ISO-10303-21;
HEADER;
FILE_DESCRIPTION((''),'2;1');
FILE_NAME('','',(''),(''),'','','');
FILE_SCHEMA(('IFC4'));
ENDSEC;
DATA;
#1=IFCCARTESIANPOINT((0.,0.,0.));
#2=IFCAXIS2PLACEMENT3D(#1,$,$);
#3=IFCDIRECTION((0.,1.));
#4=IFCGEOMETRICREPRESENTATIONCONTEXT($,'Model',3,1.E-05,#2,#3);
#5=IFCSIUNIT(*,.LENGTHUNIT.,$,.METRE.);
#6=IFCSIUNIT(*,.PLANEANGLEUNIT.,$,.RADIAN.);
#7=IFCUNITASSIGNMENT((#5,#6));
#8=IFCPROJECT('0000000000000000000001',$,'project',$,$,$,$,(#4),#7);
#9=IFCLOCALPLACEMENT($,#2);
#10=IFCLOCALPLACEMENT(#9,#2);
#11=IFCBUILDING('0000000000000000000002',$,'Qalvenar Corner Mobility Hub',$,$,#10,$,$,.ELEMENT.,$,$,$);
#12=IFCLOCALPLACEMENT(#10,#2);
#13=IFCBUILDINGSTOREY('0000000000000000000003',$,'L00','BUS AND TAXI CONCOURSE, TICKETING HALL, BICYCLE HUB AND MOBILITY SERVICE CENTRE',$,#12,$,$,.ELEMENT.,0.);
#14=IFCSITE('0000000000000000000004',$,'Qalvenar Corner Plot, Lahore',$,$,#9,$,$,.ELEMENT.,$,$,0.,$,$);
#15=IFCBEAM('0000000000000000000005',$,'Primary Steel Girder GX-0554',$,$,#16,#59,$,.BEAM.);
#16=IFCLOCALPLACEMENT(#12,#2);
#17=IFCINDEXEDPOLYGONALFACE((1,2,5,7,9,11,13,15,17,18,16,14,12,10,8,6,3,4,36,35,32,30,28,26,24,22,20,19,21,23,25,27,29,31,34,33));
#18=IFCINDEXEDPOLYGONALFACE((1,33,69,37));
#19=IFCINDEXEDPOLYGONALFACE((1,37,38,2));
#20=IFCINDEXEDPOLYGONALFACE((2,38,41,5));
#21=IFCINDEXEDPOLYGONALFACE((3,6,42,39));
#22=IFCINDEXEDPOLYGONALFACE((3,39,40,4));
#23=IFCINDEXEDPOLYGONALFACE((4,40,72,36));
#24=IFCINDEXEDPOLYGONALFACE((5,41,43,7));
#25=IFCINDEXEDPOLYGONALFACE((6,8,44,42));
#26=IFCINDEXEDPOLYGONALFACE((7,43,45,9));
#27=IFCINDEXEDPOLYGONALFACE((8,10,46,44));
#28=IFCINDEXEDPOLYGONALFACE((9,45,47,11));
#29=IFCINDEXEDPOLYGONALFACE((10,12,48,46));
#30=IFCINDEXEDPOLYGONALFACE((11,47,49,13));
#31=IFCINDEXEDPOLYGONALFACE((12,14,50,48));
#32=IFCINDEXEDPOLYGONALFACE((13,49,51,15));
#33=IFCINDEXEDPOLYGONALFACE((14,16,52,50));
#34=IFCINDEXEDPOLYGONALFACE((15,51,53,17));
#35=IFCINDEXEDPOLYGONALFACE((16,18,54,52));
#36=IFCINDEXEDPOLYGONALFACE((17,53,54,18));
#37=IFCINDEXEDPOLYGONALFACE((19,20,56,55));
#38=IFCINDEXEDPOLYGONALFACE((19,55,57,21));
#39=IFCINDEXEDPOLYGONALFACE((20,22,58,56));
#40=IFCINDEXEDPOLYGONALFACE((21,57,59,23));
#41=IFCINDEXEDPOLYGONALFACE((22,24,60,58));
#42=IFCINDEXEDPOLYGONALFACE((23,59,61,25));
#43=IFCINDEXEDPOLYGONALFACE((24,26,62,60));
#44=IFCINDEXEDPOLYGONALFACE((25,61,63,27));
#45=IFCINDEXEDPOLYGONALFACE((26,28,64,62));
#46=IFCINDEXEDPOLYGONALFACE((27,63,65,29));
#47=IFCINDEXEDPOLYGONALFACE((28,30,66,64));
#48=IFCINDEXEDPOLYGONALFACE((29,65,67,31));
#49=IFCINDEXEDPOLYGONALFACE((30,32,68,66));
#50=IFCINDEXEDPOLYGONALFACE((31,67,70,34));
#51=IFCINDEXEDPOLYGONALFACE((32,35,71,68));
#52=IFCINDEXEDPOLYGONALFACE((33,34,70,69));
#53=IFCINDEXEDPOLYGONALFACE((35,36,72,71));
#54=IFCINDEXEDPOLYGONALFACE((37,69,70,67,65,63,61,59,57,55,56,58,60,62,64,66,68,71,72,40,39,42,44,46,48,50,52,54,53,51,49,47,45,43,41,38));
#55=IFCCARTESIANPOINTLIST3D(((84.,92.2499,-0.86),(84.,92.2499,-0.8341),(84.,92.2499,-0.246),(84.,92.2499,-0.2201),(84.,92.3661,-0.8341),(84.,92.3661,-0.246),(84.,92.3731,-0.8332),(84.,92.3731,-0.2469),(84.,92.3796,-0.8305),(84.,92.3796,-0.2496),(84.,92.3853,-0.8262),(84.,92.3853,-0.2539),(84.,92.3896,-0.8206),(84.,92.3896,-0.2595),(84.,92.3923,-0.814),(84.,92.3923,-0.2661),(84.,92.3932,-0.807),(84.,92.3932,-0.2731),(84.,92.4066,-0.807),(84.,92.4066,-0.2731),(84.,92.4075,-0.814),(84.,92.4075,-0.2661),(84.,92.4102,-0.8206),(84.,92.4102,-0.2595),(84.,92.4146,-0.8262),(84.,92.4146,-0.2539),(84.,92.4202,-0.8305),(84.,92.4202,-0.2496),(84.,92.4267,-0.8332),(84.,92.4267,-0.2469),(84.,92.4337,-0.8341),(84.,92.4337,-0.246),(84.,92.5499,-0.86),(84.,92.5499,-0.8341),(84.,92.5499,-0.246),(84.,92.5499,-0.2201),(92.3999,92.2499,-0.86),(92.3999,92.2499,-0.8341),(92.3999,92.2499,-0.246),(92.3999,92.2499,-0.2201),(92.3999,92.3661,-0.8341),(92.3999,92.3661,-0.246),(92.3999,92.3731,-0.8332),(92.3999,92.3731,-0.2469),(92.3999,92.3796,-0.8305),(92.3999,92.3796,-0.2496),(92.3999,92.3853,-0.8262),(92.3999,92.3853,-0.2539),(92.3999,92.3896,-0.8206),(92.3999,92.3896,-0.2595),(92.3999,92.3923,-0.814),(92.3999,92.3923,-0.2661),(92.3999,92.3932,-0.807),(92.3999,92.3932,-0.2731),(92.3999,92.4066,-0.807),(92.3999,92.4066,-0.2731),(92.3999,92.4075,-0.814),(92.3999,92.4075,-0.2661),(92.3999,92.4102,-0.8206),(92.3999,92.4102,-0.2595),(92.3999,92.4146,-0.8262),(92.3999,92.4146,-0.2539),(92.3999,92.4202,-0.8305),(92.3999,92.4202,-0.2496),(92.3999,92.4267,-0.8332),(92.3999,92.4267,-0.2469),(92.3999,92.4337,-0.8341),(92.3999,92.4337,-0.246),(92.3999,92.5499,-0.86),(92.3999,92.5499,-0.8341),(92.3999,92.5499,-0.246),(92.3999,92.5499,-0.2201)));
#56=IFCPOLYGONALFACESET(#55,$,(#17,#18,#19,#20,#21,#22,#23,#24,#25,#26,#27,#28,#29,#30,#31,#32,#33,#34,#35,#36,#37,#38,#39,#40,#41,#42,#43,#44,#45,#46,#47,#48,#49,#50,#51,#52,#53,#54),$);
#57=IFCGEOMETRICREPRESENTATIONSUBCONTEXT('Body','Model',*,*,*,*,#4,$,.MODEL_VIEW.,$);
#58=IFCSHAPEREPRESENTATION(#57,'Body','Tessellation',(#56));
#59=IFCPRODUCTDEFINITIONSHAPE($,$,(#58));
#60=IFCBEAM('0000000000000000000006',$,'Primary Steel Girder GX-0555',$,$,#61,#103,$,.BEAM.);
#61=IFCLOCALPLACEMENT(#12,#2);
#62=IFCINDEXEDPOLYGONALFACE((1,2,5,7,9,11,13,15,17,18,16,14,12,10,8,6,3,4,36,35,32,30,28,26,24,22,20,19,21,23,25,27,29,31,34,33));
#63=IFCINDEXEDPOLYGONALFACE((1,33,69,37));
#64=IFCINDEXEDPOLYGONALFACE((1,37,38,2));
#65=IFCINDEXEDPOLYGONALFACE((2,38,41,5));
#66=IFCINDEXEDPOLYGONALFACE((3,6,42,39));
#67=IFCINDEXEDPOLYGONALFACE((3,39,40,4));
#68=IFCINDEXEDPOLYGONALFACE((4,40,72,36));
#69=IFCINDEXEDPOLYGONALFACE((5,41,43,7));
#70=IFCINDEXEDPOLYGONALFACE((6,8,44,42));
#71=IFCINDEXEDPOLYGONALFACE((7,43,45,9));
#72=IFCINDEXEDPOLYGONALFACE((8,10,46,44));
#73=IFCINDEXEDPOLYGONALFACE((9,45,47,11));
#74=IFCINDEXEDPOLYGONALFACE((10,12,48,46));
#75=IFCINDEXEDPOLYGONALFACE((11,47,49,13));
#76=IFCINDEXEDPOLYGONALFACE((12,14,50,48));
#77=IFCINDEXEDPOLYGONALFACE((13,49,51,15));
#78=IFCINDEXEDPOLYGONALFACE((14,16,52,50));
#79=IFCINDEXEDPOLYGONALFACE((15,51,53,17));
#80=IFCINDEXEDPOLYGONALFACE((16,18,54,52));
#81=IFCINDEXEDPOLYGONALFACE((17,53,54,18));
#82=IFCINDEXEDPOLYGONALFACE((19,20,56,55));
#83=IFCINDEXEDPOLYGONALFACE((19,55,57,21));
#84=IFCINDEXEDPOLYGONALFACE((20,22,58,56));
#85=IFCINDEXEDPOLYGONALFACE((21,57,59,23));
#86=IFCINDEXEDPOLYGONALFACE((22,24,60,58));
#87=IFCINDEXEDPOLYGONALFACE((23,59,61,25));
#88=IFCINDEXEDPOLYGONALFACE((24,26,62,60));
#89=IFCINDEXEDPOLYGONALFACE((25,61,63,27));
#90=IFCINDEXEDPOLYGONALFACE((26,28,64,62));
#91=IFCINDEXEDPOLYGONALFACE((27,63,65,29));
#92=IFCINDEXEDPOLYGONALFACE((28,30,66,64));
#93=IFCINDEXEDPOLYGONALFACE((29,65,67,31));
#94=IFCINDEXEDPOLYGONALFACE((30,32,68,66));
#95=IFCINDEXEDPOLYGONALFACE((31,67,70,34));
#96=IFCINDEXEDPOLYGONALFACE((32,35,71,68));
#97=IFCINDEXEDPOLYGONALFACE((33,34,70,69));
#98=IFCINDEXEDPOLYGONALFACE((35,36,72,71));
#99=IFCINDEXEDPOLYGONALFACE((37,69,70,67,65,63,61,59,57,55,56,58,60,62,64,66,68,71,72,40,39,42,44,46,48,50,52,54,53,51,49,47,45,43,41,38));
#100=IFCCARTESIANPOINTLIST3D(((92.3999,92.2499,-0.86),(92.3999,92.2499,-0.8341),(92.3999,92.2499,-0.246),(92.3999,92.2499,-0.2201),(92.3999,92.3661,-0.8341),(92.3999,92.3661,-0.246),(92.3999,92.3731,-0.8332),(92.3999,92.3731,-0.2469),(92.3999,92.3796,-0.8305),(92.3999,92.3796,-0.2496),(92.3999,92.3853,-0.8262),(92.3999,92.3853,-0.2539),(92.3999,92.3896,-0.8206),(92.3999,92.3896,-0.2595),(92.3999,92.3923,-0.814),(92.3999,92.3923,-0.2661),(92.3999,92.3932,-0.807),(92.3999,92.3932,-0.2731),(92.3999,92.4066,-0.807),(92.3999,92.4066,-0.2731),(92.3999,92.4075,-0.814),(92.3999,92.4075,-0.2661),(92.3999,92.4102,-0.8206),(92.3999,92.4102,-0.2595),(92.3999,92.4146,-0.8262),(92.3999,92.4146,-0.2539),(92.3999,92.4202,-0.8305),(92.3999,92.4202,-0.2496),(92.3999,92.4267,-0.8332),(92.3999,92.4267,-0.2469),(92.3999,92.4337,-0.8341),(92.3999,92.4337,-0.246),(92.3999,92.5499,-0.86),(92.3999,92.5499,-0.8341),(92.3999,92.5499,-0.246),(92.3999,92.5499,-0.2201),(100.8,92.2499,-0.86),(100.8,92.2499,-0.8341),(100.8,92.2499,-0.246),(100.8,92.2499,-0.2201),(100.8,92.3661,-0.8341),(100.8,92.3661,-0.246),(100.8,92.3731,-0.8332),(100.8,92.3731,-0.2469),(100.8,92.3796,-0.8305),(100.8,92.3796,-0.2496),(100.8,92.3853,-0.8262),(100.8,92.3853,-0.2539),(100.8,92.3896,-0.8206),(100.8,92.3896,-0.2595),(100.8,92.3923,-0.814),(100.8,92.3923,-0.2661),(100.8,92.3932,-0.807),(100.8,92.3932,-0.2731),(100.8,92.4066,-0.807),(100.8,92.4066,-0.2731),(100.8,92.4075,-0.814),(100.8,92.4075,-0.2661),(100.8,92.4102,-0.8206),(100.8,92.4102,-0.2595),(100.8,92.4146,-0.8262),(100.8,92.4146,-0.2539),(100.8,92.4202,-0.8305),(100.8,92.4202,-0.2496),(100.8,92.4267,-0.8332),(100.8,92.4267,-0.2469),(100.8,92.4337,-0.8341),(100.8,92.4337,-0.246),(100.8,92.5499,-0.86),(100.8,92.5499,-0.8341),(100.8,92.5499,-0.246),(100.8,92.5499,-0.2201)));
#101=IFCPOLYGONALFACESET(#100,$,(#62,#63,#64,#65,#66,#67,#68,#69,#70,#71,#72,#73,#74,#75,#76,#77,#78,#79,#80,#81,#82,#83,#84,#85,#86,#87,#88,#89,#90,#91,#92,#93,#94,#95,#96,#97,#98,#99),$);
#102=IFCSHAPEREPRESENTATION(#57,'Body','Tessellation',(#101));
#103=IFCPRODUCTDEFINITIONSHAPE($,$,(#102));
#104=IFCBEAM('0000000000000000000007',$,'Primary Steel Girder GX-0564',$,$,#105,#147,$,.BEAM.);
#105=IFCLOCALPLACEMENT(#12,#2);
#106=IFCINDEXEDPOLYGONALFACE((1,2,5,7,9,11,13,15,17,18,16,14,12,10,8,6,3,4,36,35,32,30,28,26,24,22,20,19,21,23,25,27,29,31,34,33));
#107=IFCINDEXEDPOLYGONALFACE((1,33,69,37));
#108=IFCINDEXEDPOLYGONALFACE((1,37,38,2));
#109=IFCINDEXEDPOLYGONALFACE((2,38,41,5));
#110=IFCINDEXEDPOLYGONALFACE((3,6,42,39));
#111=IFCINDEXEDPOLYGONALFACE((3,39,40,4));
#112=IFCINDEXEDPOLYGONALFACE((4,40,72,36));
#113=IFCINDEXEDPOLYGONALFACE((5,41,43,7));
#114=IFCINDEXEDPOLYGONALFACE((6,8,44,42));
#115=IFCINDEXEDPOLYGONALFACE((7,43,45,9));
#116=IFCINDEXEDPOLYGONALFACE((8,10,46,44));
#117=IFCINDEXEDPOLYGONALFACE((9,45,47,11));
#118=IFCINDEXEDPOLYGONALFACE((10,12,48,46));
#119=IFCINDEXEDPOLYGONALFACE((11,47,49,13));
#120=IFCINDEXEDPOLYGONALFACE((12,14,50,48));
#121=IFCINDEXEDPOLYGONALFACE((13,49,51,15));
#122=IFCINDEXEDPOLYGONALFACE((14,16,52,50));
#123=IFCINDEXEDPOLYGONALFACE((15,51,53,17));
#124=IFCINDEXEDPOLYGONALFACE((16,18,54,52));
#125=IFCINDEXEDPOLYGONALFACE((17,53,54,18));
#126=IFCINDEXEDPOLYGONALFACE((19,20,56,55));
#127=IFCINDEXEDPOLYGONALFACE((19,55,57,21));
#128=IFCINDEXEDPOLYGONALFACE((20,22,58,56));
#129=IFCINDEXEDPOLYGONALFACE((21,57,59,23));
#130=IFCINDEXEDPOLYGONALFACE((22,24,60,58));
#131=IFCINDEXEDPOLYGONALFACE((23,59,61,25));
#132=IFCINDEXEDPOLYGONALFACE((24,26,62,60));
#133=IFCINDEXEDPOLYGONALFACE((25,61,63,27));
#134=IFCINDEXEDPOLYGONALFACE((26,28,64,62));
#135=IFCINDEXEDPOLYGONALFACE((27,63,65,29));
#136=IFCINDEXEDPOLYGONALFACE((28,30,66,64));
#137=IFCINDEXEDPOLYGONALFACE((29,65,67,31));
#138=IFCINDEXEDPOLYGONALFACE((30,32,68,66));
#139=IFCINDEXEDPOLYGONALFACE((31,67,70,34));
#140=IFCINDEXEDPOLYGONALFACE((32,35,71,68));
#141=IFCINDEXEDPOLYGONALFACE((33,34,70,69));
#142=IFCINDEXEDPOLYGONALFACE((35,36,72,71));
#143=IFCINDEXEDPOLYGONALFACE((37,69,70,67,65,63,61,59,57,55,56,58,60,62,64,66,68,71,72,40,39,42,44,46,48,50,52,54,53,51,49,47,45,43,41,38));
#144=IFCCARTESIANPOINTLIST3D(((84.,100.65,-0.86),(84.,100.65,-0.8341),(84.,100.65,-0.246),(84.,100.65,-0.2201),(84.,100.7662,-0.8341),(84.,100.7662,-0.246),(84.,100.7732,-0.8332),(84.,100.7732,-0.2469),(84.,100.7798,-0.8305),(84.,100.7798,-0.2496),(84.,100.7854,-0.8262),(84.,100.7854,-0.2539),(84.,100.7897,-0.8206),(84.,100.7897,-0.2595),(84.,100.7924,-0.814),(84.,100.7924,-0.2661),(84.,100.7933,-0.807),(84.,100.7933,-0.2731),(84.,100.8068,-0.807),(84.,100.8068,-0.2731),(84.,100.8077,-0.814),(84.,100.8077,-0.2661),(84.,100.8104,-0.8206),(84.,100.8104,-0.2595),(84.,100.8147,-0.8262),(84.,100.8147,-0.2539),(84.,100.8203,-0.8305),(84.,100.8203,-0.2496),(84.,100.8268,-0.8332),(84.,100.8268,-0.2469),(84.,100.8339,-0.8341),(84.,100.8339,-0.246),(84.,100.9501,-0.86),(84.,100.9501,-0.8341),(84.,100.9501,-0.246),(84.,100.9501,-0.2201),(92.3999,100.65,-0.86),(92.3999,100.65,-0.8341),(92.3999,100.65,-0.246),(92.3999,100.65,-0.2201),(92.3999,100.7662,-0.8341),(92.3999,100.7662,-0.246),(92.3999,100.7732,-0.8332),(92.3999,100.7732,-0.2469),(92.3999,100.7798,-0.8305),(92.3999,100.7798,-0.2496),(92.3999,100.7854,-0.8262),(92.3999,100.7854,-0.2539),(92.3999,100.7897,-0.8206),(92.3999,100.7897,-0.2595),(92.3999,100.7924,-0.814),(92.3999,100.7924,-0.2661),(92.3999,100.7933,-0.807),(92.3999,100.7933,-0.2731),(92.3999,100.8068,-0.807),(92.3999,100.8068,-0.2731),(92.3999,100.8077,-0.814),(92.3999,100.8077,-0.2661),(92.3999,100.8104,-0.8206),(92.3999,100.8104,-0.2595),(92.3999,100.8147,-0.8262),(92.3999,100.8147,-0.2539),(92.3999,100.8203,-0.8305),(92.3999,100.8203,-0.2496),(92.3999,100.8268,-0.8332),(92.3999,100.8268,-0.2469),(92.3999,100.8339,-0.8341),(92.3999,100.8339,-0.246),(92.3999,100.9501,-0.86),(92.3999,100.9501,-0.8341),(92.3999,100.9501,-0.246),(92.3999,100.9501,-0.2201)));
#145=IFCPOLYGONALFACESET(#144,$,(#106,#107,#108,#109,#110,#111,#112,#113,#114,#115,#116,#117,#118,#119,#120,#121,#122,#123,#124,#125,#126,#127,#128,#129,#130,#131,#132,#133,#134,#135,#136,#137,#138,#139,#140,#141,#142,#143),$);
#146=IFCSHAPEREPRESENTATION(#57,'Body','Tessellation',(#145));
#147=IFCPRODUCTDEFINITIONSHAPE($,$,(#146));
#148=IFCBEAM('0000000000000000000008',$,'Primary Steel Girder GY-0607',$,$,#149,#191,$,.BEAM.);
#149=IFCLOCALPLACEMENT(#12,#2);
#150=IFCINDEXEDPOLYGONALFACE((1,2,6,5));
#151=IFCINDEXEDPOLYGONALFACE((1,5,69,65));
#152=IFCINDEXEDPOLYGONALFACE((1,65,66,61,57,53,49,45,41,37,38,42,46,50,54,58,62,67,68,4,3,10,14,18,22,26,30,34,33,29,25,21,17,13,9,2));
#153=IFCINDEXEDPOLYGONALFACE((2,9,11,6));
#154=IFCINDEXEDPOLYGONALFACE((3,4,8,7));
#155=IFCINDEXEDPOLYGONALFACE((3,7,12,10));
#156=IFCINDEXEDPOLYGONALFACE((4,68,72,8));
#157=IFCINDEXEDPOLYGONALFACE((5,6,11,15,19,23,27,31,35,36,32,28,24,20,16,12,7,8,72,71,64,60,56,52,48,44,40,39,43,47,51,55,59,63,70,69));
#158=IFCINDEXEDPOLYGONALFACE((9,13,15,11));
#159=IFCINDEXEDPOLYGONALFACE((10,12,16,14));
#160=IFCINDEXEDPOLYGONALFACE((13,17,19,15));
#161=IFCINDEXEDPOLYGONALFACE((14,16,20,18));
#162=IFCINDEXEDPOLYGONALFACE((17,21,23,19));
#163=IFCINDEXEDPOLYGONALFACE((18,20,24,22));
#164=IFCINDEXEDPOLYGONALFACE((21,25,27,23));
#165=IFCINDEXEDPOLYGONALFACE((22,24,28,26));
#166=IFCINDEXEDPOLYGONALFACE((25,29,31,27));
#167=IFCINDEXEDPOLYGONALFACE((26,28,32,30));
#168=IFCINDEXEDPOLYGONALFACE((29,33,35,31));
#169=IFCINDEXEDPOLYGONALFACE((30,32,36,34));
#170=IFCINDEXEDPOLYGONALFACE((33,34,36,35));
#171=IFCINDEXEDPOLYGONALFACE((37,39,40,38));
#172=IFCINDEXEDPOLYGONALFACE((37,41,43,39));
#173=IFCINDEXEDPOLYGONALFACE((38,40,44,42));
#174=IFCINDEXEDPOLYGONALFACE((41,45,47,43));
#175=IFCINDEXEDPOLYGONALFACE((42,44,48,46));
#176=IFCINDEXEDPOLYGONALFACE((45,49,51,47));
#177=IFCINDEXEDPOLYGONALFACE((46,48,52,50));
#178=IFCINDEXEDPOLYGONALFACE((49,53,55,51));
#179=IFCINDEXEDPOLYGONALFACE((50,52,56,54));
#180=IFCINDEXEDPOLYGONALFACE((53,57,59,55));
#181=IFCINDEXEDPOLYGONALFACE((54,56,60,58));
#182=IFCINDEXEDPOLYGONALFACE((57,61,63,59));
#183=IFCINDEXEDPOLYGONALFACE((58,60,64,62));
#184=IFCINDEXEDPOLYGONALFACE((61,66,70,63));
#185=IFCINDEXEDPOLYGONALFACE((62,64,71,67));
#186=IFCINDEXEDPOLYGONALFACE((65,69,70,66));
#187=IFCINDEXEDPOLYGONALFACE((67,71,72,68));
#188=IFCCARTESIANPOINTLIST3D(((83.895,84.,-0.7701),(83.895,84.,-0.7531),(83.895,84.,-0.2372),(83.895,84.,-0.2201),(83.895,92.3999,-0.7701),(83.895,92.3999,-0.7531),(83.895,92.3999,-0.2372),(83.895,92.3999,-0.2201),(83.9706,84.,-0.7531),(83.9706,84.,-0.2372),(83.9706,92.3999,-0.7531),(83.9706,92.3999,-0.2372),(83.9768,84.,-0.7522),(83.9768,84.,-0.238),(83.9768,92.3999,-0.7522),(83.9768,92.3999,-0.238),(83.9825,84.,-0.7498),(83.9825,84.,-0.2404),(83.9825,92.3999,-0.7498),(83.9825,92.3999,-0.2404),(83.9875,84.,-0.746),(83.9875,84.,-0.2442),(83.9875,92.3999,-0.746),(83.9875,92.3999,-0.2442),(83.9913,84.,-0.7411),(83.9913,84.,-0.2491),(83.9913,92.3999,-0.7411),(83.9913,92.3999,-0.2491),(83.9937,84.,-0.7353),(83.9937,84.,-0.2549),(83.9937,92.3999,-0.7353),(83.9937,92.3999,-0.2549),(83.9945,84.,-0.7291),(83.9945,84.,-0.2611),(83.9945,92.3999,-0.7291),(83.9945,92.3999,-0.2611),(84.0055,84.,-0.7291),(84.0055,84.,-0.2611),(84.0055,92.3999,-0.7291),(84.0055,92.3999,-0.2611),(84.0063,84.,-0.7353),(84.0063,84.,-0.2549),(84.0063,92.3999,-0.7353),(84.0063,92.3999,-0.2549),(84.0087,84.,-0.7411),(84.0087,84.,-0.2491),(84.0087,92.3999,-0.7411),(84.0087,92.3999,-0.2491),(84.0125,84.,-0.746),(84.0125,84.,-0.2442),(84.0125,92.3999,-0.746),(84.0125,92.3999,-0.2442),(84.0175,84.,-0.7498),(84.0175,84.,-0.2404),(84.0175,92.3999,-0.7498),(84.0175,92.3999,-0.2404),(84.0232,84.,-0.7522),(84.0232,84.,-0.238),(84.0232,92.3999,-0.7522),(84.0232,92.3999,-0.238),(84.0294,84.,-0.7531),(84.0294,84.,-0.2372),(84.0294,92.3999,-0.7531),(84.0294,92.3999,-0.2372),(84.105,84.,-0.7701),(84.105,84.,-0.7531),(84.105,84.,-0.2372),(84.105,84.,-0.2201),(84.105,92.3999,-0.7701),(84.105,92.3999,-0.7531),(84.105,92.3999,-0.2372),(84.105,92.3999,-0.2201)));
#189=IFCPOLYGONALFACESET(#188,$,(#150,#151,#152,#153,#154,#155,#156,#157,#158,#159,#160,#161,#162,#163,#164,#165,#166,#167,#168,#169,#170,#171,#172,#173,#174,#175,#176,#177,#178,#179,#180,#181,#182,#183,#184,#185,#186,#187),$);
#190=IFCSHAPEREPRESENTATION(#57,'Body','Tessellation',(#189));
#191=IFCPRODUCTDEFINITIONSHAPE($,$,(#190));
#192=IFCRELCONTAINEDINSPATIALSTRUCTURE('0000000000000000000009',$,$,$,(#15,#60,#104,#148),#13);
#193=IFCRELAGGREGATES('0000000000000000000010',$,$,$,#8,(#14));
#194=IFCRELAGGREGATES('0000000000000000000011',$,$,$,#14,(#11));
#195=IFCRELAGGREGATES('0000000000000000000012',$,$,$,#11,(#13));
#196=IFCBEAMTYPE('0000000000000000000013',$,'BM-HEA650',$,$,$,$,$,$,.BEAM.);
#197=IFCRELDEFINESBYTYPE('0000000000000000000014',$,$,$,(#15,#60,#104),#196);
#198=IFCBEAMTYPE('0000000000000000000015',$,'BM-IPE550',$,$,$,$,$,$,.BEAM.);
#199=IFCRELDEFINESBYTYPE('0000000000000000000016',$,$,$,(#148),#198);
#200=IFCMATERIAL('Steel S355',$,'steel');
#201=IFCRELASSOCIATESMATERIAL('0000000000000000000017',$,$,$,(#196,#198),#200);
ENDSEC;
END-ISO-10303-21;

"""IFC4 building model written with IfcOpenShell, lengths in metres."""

from ifc_helpers import new_model, si_unit, direction, frame, origin, origin_2d, place, context, subcontext, project, spatial, i_section, extrude, material, material_profile, profile_set, type_object, element, save


model = new_model("IFC4")

# Units and contexts
model_context = context("Model", 3, precision=1e-05, world=origin(), true_north=direction((0.0, 1.0)))
body_context = subcontext(model_context, "Body", "Model", "MODEL_VIEW")
ifc_project = project(units=[si_unit("LENGTHUNIT", "METRE"), si_unit("PLANEANGLEUNIT", "RADIAN")], contexts=[model_context])

# Site, building, storey
site_placement = place(None, origin())
site = spatial("IfcSite", under=ifc_project, at=site_placement, Name="Qalvenar Corner Plot, Lahore", CompositionType="ELEMENT", RefElevation=0.0)
building_placement = place(site_placement, origin())
building = spatial("IfcBuilding", under=site, at=building_placement, Name="Qalvenar Corner Mobility Hub", CompositionType="ELEMENT")
storey_placement = place(building_placement, origin())
storey = spatial("IfcBuildingStorey", under=building, at=storey_placement, Name="L00", Description="BUS AND TAXI CONCOURSE, TICKETING HALL, BICYCLE HUB AND MOBILITY SERVICE CENTRE", CompositionType="ELEMENT", Elevation=0.0)

# Shared definitions
ifc_material = material(Name="Steel S355", Category="steel")

# Beams
ifc_material_profile_1 = material_profile(ifc_material, i_section(OverallWidth=0.3, OverallDepth=0.6399, WebThickness=0.0134, FlangeThickness=0.0259, FilletRadius=0.0271, at=origin_2d()), Name="HEA650")
ifc_profile_set_1 = profile_set([ifc_material_profile_1], Name="Steel S355")
beam_type_1 = type_object("IfcBeamType", Name="BM-HEA650", PredefinedType="BEAM", material=ifc_profile_set_1)
beam_1_placement = place(storey_placement, frame((84.0, 92.3999, -0.54), z_axis=(1.0, 0.0, 0.0), x_axis=(0.0, 1.0, 0.0)))
element("IfcBeam", 1, at=beam_1_placement, inside=storey, type_object=beam_type_1, Name="Primary Steel Girder GX-0554", PredefinedType="BEAM", context=body_context, shape_type="SweptSolid", body=[
    extrude(i_section(OverallWidth=0.3, OverallDepth=0.6399, WebThickness=0.0134, FlangeThickness=0.0259, FilletRadius=0.0271, at=origin_2d()), origin(), (0.0, 0.0, 1.0), 8.3999),
])
beam_2_placement = place(storey_placement, frame((92.3999, 92.3999, -0.54), z_axis=(1.0, 0.0, 0.0), x_axis=(0.0, 1.0, 0.0)))
element("IfcBeam", 2, at=beam_2_placement, inside=storey, type_object=beam_type_1, Name="Primary Steel Girder GX-0555", PredefinedType="BEAM", context=body_context, shape_type="SweptSolid", body=[
    extrude(i_section(OverallWidth=0.3, OverallDepth=0.6399, WebThickness=0.0134, FlangeThickness=0.0259, FilletRadius=0.0271, at=origin_2d()), origin(), (0.0, 0.0, 1.0), 8.4001),
])
beam_3_placement = place(storey_placement, frame((84.0, 100.8, -0.54), z_axis=(1.0, 0.0, 0.0), x_axis=(0.0, 1.0, 0.0)))
element("IfcBeam", 3, at=beam_3_placement, inside=storey, type_object=beam_type_1, Name="Primary Steel Girder GX-0564", PredefinedType="BEAM", context=body_context, shape_type="SweptSolid", body=[
    extrude(i_section(OverallWidth=0.3, OverallDepth=0.6399, WebThickness=0.0134, FlangeThickness=0.0259, FilletRadius=0.0271, at=origin_2d()), origin(), (0.0, 0.0, 1.0), 8.3999),
])
ifc_material_profile_2 = material_profile(ifc_material, i_section(OverallWidth=0.21, OverallDepth=0.55, WebThickness=0.011, FlangeThickness=0.0171, FilletRadius=0.0239, at=origin_2d()), Name="IPE550")
ifc_profile_set_2 = profile_set([ifc_material_profile_2], Name="Steel S355")
beam_type_2 = type_object("IfcBeamType", Name="BM-IPE550", PredefinedType="BEAM", material=ifc_profile_set_2)
beam_4_placement = place(storey_placement, frame((84.0, 84.0, -0.4951), z_axis=(0.0, 1.0, 0.0), x_axis=(-1.0, 0.0, 0.0)))
element("IfcBeam", 4, at=beam_4_placement, inside=storey, type_object=beam_type_2, Name="Primary Steel Girder GY-0607", PredefinedType="BEAM", context=body_context, shape_type="SweptSolid", body=[
    extrude(i_section(OverallWidth=0.21, OverallDepth=0.55, WebThickness=0.011, FlangeThickness=0.0171, FilletRadius=0.0239, at=origin_2d()), origin(), (0.0, 0.0, 1.0), 8.3999),
])

save(model, "model.ifc")
